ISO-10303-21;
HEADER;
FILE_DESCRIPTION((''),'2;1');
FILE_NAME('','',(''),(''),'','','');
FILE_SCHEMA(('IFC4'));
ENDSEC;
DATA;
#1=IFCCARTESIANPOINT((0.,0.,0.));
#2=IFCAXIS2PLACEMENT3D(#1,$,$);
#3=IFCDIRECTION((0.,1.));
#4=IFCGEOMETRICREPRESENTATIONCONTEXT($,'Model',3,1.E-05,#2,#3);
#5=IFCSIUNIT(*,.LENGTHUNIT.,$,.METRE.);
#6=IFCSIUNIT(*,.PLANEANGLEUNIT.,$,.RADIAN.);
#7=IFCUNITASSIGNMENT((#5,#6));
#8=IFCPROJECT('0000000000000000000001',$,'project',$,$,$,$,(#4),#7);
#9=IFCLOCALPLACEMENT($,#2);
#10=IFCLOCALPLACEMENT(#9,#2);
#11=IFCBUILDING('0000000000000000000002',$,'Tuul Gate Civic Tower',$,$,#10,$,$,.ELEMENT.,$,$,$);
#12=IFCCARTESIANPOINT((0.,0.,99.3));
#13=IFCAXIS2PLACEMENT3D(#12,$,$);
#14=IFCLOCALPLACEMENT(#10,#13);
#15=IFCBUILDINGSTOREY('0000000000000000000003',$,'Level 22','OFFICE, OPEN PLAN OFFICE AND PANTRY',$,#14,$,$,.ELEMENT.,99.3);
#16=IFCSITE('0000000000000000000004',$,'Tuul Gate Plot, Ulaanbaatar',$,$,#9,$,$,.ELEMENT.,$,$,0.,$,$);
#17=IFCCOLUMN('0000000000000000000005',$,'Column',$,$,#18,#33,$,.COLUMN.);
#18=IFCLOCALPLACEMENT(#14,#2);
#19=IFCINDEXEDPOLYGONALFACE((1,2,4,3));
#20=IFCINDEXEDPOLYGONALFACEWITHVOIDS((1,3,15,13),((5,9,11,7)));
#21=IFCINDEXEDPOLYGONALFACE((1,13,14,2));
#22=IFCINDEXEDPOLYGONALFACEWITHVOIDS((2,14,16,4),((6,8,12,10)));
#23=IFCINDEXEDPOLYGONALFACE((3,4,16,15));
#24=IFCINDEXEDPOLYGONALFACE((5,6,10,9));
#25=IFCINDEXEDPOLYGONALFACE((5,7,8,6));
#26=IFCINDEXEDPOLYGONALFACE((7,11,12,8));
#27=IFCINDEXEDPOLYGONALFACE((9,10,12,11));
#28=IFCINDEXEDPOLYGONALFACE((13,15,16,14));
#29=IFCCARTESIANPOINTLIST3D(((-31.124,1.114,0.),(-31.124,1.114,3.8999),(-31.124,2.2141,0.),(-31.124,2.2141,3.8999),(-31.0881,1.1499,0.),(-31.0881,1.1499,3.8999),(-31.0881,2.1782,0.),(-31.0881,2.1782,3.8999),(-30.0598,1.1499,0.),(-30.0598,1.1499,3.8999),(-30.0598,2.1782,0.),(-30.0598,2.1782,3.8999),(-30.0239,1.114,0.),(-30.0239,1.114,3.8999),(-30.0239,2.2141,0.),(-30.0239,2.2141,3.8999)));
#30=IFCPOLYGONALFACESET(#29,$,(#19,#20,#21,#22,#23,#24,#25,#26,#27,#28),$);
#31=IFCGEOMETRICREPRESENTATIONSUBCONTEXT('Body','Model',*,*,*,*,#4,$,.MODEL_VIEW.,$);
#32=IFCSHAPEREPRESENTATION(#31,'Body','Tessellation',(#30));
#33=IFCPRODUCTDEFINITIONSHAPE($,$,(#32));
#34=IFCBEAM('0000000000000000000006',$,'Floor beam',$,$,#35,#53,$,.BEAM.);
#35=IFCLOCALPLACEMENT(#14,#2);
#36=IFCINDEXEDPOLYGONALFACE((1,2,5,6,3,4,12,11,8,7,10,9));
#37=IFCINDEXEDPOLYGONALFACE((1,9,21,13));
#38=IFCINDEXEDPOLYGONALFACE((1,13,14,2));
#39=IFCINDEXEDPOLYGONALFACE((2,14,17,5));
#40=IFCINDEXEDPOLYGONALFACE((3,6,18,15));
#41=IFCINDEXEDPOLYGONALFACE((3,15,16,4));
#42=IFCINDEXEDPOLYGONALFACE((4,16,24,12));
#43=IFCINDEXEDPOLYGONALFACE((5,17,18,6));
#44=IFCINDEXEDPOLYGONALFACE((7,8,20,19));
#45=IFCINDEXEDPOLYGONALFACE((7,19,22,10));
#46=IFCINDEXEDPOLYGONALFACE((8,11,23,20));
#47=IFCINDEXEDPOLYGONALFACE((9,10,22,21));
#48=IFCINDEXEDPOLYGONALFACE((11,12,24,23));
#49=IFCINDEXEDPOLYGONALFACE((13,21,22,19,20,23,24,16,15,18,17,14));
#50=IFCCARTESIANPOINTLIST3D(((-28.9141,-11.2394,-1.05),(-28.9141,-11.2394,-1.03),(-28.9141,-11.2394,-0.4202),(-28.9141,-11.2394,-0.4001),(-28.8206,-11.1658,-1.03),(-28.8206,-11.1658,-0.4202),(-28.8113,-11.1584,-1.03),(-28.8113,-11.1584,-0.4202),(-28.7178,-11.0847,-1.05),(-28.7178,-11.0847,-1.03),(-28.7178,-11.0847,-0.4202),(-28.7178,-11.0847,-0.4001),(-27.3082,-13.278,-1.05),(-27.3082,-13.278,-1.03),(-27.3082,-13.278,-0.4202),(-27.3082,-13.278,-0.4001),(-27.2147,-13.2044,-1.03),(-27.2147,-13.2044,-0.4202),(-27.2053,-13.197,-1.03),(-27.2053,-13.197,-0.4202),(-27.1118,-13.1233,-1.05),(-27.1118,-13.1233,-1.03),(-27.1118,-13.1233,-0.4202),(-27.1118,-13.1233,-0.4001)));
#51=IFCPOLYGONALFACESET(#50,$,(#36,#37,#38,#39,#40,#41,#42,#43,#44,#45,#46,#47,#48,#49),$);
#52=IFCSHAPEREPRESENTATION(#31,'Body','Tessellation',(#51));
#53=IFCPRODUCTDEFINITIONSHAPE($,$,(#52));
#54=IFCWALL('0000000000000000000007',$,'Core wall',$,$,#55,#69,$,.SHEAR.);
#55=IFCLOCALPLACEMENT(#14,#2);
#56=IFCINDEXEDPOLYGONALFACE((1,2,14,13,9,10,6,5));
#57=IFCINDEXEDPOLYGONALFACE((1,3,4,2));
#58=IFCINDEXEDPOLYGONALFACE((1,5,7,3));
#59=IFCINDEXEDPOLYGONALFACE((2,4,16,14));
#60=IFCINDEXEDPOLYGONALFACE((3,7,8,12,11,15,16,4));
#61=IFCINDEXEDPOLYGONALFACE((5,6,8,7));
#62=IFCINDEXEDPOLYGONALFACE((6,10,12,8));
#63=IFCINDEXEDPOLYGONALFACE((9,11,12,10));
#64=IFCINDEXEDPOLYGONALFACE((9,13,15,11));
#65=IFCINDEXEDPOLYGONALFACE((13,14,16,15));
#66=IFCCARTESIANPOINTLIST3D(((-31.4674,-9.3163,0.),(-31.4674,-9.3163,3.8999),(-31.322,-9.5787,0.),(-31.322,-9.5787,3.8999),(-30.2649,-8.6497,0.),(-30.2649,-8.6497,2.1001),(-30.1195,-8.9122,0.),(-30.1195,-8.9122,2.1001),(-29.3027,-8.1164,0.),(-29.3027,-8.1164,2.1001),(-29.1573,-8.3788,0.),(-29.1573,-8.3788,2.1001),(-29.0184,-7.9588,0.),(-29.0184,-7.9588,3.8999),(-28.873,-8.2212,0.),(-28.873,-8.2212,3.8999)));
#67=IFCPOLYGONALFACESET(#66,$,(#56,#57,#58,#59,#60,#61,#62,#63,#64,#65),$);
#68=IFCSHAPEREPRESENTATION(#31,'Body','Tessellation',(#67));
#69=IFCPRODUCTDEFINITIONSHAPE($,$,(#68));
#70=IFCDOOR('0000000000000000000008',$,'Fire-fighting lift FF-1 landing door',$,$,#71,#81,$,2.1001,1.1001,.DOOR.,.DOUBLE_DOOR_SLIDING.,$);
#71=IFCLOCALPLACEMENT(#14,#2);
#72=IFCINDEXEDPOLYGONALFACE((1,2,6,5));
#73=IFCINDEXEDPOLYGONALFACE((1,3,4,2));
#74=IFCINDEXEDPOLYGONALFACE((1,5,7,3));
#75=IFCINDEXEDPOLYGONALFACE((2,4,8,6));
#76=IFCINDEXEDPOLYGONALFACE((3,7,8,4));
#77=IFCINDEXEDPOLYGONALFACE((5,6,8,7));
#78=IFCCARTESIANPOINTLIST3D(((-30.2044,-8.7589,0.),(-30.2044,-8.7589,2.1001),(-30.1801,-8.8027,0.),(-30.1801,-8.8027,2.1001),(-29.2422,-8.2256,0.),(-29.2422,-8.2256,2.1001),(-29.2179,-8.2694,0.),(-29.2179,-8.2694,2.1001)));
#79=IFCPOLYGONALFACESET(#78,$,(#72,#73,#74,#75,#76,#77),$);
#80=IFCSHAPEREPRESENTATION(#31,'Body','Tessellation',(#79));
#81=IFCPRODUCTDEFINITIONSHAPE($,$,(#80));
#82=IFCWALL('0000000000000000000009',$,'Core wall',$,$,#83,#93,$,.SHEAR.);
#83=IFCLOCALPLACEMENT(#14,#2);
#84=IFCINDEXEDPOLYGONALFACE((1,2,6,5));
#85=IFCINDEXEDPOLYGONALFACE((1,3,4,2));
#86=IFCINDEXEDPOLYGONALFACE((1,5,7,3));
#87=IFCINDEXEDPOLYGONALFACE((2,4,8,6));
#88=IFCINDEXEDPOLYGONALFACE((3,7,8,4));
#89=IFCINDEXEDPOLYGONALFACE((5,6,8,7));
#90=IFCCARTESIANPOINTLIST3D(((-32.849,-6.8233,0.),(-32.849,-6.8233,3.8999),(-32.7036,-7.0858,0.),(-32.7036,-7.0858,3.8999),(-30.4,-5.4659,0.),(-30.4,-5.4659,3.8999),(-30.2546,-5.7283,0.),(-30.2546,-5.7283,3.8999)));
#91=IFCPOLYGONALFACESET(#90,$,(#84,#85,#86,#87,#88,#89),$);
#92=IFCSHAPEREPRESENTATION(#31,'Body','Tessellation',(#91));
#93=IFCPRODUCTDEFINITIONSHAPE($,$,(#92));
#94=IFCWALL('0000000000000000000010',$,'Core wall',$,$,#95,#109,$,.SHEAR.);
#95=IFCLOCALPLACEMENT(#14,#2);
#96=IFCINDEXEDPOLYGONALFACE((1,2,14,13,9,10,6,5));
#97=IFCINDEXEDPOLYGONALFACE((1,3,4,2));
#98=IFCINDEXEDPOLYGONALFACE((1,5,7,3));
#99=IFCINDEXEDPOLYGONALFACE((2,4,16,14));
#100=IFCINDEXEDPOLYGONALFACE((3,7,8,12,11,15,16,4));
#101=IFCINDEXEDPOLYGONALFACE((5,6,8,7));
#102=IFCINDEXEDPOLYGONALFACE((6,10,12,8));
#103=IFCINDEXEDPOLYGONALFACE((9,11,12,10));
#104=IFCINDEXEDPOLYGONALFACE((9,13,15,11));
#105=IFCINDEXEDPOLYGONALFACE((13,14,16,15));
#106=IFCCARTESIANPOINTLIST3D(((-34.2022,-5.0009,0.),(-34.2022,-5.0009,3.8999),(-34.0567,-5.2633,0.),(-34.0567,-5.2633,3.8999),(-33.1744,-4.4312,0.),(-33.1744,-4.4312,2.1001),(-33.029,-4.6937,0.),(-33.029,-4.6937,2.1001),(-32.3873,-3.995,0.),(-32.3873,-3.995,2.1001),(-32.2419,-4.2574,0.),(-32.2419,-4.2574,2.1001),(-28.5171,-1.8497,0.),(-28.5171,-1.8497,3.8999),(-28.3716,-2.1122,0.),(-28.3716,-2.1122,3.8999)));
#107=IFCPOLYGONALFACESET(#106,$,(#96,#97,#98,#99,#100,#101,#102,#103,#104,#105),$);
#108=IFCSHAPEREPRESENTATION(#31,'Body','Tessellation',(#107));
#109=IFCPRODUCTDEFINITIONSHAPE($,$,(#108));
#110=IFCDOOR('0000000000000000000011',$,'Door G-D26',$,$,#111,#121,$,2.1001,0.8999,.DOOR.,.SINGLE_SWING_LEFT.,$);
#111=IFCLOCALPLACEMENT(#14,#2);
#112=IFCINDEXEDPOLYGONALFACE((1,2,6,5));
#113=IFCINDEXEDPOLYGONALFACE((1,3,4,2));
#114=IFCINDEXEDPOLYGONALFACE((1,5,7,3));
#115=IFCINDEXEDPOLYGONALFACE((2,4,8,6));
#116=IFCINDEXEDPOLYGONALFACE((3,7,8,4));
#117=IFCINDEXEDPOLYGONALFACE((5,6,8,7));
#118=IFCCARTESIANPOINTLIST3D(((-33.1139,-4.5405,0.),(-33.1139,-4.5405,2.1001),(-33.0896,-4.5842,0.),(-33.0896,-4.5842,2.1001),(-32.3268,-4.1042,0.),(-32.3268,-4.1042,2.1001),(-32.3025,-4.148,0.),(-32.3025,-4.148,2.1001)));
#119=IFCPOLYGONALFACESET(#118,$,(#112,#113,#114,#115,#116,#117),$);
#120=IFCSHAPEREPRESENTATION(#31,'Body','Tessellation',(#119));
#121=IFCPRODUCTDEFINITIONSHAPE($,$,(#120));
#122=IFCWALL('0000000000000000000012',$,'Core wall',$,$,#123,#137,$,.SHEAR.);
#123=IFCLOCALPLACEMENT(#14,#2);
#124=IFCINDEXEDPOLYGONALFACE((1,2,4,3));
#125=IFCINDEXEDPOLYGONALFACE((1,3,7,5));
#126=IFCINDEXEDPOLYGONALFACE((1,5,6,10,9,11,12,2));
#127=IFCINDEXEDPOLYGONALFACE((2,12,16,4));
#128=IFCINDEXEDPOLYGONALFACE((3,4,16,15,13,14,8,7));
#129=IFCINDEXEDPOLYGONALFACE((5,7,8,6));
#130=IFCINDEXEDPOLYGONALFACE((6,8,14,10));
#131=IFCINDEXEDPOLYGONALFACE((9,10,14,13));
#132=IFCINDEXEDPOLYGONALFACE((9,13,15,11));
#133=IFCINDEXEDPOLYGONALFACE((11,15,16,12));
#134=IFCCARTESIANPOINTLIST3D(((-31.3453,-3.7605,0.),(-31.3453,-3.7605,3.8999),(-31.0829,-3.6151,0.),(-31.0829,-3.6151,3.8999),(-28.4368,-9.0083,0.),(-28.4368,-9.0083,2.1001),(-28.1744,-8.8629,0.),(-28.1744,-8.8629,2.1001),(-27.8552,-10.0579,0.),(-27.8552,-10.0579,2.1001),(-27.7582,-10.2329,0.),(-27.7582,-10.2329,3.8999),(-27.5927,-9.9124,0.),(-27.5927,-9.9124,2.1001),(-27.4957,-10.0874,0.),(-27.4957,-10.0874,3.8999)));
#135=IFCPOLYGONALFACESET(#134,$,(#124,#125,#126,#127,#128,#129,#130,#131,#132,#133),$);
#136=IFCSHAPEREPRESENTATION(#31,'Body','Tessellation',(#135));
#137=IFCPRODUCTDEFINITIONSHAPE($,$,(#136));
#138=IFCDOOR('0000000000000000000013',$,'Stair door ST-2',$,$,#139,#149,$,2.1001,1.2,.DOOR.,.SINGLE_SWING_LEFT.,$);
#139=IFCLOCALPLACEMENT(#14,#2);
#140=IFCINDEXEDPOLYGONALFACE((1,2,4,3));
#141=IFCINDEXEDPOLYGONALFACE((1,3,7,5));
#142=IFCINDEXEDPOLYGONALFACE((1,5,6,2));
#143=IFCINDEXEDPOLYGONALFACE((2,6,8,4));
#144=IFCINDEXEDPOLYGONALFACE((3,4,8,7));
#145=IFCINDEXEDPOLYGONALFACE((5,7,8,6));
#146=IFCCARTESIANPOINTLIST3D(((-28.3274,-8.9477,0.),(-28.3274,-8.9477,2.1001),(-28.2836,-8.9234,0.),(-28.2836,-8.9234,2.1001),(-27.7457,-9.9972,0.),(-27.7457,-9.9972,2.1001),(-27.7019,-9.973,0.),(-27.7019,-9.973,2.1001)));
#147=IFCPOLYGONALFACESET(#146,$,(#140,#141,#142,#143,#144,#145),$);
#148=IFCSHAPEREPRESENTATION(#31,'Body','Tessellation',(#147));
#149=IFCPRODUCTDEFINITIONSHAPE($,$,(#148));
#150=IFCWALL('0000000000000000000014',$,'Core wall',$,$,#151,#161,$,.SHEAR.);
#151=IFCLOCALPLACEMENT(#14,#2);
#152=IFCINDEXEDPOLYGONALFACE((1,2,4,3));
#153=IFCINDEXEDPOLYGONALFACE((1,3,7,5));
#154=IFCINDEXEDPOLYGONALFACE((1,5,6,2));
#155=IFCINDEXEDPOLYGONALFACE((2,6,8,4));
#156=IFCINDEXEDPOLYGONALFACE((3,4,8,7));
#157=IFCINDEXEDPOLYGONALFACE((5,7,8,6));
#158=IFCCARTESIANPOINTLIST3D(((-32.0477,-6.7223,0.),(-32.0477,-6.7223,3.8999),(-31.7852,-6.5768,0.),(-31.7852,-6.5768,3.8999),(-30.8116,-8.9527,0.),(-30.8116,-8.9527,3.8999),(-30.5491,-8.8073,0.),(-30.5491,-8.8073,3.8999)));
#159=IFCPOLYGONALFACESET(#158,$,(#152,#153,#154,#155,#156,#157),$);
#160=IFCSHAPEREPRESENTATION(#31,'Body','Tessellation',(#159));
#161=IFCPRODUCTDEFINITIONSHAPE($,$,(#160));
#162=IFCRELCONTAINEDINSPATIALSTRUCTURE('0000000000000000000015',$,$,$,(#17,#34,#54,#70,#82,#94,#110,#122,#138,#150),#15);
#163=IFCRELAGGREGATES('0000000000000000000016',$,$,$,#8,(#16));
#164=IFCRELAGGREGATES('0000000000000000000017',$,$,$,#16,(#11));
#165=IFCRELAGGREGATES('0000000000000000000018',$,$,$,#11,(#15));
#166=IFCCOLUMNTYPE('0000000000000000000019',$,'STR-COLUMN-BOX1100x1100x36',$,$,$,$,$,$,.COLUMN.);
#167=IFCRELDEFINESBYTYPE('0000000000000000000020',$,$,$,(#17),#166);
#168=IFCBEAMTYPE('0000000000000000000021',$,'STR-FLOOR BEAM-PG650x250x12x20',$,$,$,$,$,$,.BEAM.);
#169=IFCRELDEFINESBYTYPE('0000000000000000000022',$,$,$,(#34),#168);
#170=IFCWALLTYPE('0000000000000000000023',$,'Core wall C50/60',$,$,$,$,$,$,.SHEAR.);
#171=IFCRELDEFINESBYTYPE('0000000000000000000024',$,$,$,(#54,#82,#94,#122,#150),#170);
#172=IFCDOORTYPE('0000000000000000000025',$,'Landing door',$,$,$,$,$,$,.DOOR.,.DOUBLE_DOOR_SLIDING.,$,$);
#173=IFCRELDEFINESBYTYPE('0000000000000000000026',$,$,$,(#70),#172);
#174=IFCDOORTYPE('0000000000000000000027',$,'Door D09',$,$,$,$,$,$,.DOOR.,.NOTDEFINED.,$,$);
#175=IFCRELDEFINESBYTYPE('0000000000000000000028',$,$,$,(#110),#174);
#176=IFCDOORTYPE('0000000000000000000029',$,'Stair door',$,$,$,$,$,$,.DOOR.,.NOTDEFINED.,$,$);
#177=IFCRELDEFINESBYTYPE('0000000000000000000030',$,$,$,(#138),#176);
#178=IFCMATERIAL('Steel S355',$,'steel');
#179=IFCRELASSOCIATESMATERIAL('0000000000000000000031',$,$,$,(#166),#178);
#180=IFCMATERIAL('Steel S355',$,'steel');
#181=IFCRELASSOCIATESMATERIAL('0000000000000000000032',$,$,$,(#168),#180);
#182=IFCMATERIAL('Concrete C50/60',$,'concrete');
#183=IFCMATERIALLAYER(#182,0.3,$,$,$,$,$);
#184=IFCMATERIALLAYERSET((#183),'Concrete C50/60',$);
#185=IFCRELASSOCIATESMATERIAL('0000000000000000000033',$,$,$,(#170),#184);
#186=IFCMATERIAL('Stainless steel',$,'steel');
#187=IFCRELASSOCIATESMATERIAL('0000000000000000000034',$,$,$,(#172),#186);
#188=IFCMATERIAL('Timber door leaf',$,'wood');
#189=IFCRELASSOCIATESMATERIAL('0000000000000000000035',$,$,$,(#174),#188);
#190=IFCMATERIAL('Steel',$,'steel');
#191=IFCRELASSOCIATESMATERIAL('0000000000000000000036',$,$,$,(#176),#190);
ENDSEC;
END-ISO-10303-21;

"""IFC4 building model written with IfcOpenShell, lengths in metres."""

from ifc_helpers import new_model, si_unit, direction, frame, frame_2d, origin, origin_2d, place, context, subcontext, project, spatial, rectangle, hollow_rectangle, i_section, extrude, material, layer, layer_set, material_profile, profile_set, type_object, element, fill, save


model = new_model("IFC4")

# Units and contexts
model_context = context("Model", 3, precision=1e-05, world=origin(), true_north=direction((0.0, 1.0)))
body_context = subcontext(model_context, "Body", "Model", "MODEL_VIEW")
ifc_project = project(units=[si_unit("LENGTHUNIT", "METRE"), si_unit("PLANEANGLEUNIT", "RADIAN")], contexts=[model_context])

# Site, building, storey
site_placement = place(None, origin())
site = spatial("IfcSite", under=ifc_project, at=site_placement, Name="Tuul Gate Plot, Ulaanbaatar", CompositionType="ELEMENT", RefElevation=0.0)
building_placement = place(site_placement, origin())
building = spatial("IfcBuilding", under=site, at=building_placement, Name="Tuul Gate Civic Tower", CompositionType="ELEMENT")
storey_placement = place(building_placement, frame((0.0, 0.0, 99.3)))
storey = spatial("IfcBuildingStorey", under=building, at=storey_placement, Name="Level 22", Description="OFFICE, OPEN PLAN OFFICE AND PANTRY", CompositionType="ELEMENT", Elevation=99.3)

# Column
ifc_material_1 = material(Name="Steel S355", Category="steel")
ifc_material_profile_1 = material_profile(ifc_material_1, hollow_rectangle(XDim=1.1001, YDim=1.1001, WallThickness=0.0359, at=origin_2d()), Name="BOX1100x1100x36")
ifc_profile_set_1 = profile_set([ifc_material_profile_1], Name="Steel S355")
column_type = type_object("IfcColumnType", Name="STR-COLUMN-BOX1100x1100x36", PredefinedType="COLUMN", material=ifc_profile_set_1)
column_placement = place(storey_placement, frame((-30.574, 1.6641, 0.0), z_axis=(0.0, 0.0, 1.0), x_axis=(1.0, 0.0, 0.0)))
element("IfcColumn", 1, at=column_placement, inside=storey, type_object=column_type, Name="Column", PredefinedType="COLUMN", context=body_context, shape_type="SweptSolid", body=[
    extrude(hollow_rectangle(XDim=1.1001, YDim=1.1001, WallThickness=0.0359, at=origin_2d()), origin(), (0.0, 0.0, 1.0), 3.8999),
])

# Beam
ifc_material_2 = material(Name="Steel S355", Category="steel")
ifc_material_profile_2 = material_profile(ifc_material_2, i_section(OverallWidth=0.25, OverallDepth=0.6499, WebThickness=0.012, FlangeThickness=0.02, at=origin_2d()), Name="PG650x250x12x20")
ifc_profile_set_2 = profile_set([ifc_material_profile_2], Name="Steel S355")
beam_type = type_object("IfcBeamType", Name="STR-FLOOR BEAM-PG650x250x12x20", PredefinedType="BEAM", material=ifc_profile_set_2)
beam_placement = place(storey_placement, frame((-27.21, -13.2007, -0.7251), z_axis=(-0.618826, 0.785528, 0.0), x_axis=(-0.785528, -0.618826, 0.0)))
element("IfcBeam", 2, at=beam_placement, inside=storey, type_object=beam_type, Name="Floor beam", PredefinedType="BEAM", context=body_context, shape_type="SweptSolid", body=[
    extrude(i_section(OverallWidth=0.25, OverallDepth=0.6499, WebThickness=0.012, FlangeThickness=0.02, at=origin_2d()), origin(), (0.0, 0.0, 1.0), 2.5952),
])

# Wall, opening, door
ifc_material_3 = material(Name="Concrete C50/60", Category="concrete")
ifc_layer_1 = layer(ifc_material_3, 0.3)
ifc_layer_set_1 = layer_set([ifc_layer_1], Name="Concrete C50/60")
wall_type_1 = type_object("IfcWallType", Name="Core wall C50/60", PredefinedType="SHEAR", material=ifc_layer_set_1)
wall_1_placement = place(storey_placement, frame((-28.9458, -8.0901, 0.0), z_axis=(0.0, 0.0, 1.0), x_axis=(-0.87463, -0.484791, 0.0)))
wall_1 = element("IfcWall", 3, at=wall_1_placement, inside=storey, type_object=wall_type_1, Name="Core wall", PredefinedType="SHEAR", context=body_context, shape_type="SweptSolid", body=[
    extrude(rectangle(XDim=2.8, YDim=0.3, at=frame_2d((1.3999, 0.0))), origin(), (0.0, 0.0, 1.0), 3.8999),
])
opening_1_placement = place(wall_1_placement, frame((0.325, 0.0, 0.0)))
opening_1 = element("IfcOpeningElement", 4, at=opening_1_placement, cuts=wall_1, PredefinedType="OPENING", context=body_context, shape_type="SweptSolid", body=[
    extrude(rectangle(XDim=1.1001, YDim=2.1001, at=frame_2d((0.55, 1.05))), frame((0.0, 0.1602, 0.0), z_axis=(0.0, -1.0, 0.0), x_axis=(1.0, 0.0, 0.0)), (0.0, 0.0, 1.0), 0.3201),
])
ifc_material_4 = material(Name="Stainless steel", Category="steel")
door_type_1 = type_object("IfcDoorType", Name="Landing door", OperationType="DOUBLE_DOOR_SLIDING", PredefinedType="DOOR", material=ifc_material_4)
door_1_placement = place(opening_1_placement, origin())
door_1 = element("IfcDoor", 5, at=door_1_placement, inside=storey, type_object=door_type_1, Name="Fire-fighting lift FF-1 landing door", OperationType="DOUBLE_DOOR_SLIDING", OverallHeight=2.1001, OverallWidth=1.1001, PredefinedType="DOOR", context=body_context, shape_type="SweptSolid", body=[
    extrude(rectangle(XDim=1.1001, YDim=2.1001, at=frame_2d((0.55, 1.05))), frame((0.0, 0.0249, 0.0), z_axis=(0.0, -1.0, 0.0), x_axis=(1.0, 0.0, 0.0)), (0.0, 0.0, 1.0), 0.05),
])
fill(opening_1, door_1)

# Wall
wall_2_placement = place(storey_placement, frame((-30.3274, -5.5972, 0.0), z_axis=(0.0, 0.0, 1.0), x_axis=(-0.87463, -0.484791, 0.0)))
element("IfcWall", 6, at=wall_2_placement, inside=storey, type_object=wall_type_1, Name="Core wall", PredefinedType="SHEAR", context=body_context, shape_type="SweptSolid", body=[
    extrude(rectangle(XDim=2.8, YDim=0.3, at=frame_2d((1.3999, 0.0))), origin(), (0.0, 0.0, 1.0), 3.8999),
])

# Walls, openings, doors
wall_3_placement = place(storey_placement, frame((-28.4443, -1.981, 0.0), z_axis=(0.0, 0.0, 1.0), x_axis=(-0.87463, -0.484791, 0.0)))
wall_3 = element("IfcWall", 7, at=wall_3_placement, inside=storey, type_object=wall_type_1, Name="Core wall", PredefinedType="SHEAR", context=body_context, shape_type="SweptSolid", body=[
    extrude(rectangle(XDim=6.5, YDim=0.3, at=frame_2d((3.25, 0.0))), origin(), (0.0, 0.0, 1.0), 3.8999),
])
opening_2_placement = place(wall_3_placement, frame((4.425, 0.0, 0.0)))
opening_2 = element("IfcOpeningElement", 8, at=opening_2_placement, cuts=wall_3, PredefinedType="OPENING", context=body_context, shape_type="SweptSolid", body=[
    extrude(rectangle(XDim=0.8999, YDim=2.1001, at=frame_2d((0.45, 1.05))), frame((0.0, 0.1602, 0.0), z_axis=(0.0, -1.0, 0.0), x_axis=(1.0, 0.0, 0.0)), (0.0, 0.0, 1.0), 0.3201),
])
ifc_material_5 = material(Name="Timber door leaf", Category="wood")
door_type_2 = type_object("IfcDoorType", Name="Door D09", OperationType="NOTDEFINED", PredefinedType="DOOR", material=ifc_material_5)
door_2_placement = place(opening_2_placement, origin())
door_2 = element("IfcDoor", 9, at=door_2_placement, inside=storey, type_object=door_type_2, Name="Door G-D26", OperationType="SINGLE_SWING_LEFT", OverallHeight=2.1001, OverallWidth=0.8999, PredefinedType="DOOR", context=body_context, shape_type="SweptSolid", body=[
    extrude(rectangle(XDim=0.8999, YDim=2.1001, at=frame_2d((0.45, 1.05))), frame((0.0, 0.0249, 0.0), z_axis=(0.0, -1.0, 0.0), x_axis=(1.0, 0.0, 0.0)), (0.0, 0.0, 1.0), 0.05),
])
fill(opening_2, door_2)
wall_4_placement = place(storey_placement, frame((-27.627, -10.1602, 0.0), z_axis=(0.0, 0.0, 1.0), x_axis=(-0.484752, 0.874652, 0.0)))
wall_4 = element("IfcWall", 10, at=wall_4_placement, inside=storey, type_object=wall_type_1, Name="Core wall", PredefinedType="SHEAR", context=body_context, shape_type="SweptSolid", body=[
    extrude(rectangle(XDim=7.3999, YDim=0.3, at=frame_2d((3.7, 0.0))), origin(), (0.0, 0.0, 1.0), 3.8999),
])
opening_3_placement = place(wall_4_placement, frame((0.2, 0.0, 0.0)))
opening_3 = element("IfcOpeningElement", 11, at=opening_3_placement, cuts=wall_4, PredefinedType="OPENING", context=body_context, shape_type="SweptSolid", body=[
    extrude(rectangle(XDim=1.2, YDim=2.1001, at=frame_2d((0.6001, 1.05))), frame((0.0, 0.1602, 0.0), z_axis=(0.0, -1.0, 0.0), x_axis=(1.0, 0.0, 0.0)), (0.0, 0.0, 1.0), 0.3201),
])
ifc_material_6 = material(Name="Steel", Category="steel")
door_type_3 = type_object("IfcDoorType", Name="Stair door", OperationType="NOTDEFINED", PredefinedType="DOOR", material=ifc_material_6)
door_3_placement = place(opening_3_placement, origin())
door_3 = element("IfcDoor", 12, at=door_3_placement, inside=storey, type_object=door_type_3, Name="Stair door ST-2", OperationType="SINGLE_SWING_LEFT", OverallHeight=2.1001, OverallWidth=1.2, PredefinedType="DOOR", context=body_context, shape_type="SweptSolid", body=[
    extrude(rectangle(XDim=1.2, YDim=2.1001, at=frame_2d((0.6001, 1.05))), frame((0.0, 0.0249, 0.0), z_axis=(0.0, -1.0, 0.0), x_axis=(1.0, 0.0, 0.0)), (0.0, 0.0, 1.0), 0.05),
])
fill(opening_3, door_3)

# Wall
wall_5_placement = place(storey_placement, frame((-30.6804, -8.8799, 0.0), z_axis=(0.0, 0.0, 1.0), x_axis=(-0.484724, 0.874667, 0.0)))
element("IfcWall", 13, at=wall_5_placement, inside=storey, type_object=wall_type_1, Name="Core wall", PredefinedType="SHEAR", context=body_context, shape_type="SweptSolid", body=[
    extrude(rectangle(XDim=2.55, YDim=0.3, at=frame_2d((1.2749, 0.0))), origin(), (0.0, 0.0, 1.0), 3.8999),
])

save(model, "model.ifc")
